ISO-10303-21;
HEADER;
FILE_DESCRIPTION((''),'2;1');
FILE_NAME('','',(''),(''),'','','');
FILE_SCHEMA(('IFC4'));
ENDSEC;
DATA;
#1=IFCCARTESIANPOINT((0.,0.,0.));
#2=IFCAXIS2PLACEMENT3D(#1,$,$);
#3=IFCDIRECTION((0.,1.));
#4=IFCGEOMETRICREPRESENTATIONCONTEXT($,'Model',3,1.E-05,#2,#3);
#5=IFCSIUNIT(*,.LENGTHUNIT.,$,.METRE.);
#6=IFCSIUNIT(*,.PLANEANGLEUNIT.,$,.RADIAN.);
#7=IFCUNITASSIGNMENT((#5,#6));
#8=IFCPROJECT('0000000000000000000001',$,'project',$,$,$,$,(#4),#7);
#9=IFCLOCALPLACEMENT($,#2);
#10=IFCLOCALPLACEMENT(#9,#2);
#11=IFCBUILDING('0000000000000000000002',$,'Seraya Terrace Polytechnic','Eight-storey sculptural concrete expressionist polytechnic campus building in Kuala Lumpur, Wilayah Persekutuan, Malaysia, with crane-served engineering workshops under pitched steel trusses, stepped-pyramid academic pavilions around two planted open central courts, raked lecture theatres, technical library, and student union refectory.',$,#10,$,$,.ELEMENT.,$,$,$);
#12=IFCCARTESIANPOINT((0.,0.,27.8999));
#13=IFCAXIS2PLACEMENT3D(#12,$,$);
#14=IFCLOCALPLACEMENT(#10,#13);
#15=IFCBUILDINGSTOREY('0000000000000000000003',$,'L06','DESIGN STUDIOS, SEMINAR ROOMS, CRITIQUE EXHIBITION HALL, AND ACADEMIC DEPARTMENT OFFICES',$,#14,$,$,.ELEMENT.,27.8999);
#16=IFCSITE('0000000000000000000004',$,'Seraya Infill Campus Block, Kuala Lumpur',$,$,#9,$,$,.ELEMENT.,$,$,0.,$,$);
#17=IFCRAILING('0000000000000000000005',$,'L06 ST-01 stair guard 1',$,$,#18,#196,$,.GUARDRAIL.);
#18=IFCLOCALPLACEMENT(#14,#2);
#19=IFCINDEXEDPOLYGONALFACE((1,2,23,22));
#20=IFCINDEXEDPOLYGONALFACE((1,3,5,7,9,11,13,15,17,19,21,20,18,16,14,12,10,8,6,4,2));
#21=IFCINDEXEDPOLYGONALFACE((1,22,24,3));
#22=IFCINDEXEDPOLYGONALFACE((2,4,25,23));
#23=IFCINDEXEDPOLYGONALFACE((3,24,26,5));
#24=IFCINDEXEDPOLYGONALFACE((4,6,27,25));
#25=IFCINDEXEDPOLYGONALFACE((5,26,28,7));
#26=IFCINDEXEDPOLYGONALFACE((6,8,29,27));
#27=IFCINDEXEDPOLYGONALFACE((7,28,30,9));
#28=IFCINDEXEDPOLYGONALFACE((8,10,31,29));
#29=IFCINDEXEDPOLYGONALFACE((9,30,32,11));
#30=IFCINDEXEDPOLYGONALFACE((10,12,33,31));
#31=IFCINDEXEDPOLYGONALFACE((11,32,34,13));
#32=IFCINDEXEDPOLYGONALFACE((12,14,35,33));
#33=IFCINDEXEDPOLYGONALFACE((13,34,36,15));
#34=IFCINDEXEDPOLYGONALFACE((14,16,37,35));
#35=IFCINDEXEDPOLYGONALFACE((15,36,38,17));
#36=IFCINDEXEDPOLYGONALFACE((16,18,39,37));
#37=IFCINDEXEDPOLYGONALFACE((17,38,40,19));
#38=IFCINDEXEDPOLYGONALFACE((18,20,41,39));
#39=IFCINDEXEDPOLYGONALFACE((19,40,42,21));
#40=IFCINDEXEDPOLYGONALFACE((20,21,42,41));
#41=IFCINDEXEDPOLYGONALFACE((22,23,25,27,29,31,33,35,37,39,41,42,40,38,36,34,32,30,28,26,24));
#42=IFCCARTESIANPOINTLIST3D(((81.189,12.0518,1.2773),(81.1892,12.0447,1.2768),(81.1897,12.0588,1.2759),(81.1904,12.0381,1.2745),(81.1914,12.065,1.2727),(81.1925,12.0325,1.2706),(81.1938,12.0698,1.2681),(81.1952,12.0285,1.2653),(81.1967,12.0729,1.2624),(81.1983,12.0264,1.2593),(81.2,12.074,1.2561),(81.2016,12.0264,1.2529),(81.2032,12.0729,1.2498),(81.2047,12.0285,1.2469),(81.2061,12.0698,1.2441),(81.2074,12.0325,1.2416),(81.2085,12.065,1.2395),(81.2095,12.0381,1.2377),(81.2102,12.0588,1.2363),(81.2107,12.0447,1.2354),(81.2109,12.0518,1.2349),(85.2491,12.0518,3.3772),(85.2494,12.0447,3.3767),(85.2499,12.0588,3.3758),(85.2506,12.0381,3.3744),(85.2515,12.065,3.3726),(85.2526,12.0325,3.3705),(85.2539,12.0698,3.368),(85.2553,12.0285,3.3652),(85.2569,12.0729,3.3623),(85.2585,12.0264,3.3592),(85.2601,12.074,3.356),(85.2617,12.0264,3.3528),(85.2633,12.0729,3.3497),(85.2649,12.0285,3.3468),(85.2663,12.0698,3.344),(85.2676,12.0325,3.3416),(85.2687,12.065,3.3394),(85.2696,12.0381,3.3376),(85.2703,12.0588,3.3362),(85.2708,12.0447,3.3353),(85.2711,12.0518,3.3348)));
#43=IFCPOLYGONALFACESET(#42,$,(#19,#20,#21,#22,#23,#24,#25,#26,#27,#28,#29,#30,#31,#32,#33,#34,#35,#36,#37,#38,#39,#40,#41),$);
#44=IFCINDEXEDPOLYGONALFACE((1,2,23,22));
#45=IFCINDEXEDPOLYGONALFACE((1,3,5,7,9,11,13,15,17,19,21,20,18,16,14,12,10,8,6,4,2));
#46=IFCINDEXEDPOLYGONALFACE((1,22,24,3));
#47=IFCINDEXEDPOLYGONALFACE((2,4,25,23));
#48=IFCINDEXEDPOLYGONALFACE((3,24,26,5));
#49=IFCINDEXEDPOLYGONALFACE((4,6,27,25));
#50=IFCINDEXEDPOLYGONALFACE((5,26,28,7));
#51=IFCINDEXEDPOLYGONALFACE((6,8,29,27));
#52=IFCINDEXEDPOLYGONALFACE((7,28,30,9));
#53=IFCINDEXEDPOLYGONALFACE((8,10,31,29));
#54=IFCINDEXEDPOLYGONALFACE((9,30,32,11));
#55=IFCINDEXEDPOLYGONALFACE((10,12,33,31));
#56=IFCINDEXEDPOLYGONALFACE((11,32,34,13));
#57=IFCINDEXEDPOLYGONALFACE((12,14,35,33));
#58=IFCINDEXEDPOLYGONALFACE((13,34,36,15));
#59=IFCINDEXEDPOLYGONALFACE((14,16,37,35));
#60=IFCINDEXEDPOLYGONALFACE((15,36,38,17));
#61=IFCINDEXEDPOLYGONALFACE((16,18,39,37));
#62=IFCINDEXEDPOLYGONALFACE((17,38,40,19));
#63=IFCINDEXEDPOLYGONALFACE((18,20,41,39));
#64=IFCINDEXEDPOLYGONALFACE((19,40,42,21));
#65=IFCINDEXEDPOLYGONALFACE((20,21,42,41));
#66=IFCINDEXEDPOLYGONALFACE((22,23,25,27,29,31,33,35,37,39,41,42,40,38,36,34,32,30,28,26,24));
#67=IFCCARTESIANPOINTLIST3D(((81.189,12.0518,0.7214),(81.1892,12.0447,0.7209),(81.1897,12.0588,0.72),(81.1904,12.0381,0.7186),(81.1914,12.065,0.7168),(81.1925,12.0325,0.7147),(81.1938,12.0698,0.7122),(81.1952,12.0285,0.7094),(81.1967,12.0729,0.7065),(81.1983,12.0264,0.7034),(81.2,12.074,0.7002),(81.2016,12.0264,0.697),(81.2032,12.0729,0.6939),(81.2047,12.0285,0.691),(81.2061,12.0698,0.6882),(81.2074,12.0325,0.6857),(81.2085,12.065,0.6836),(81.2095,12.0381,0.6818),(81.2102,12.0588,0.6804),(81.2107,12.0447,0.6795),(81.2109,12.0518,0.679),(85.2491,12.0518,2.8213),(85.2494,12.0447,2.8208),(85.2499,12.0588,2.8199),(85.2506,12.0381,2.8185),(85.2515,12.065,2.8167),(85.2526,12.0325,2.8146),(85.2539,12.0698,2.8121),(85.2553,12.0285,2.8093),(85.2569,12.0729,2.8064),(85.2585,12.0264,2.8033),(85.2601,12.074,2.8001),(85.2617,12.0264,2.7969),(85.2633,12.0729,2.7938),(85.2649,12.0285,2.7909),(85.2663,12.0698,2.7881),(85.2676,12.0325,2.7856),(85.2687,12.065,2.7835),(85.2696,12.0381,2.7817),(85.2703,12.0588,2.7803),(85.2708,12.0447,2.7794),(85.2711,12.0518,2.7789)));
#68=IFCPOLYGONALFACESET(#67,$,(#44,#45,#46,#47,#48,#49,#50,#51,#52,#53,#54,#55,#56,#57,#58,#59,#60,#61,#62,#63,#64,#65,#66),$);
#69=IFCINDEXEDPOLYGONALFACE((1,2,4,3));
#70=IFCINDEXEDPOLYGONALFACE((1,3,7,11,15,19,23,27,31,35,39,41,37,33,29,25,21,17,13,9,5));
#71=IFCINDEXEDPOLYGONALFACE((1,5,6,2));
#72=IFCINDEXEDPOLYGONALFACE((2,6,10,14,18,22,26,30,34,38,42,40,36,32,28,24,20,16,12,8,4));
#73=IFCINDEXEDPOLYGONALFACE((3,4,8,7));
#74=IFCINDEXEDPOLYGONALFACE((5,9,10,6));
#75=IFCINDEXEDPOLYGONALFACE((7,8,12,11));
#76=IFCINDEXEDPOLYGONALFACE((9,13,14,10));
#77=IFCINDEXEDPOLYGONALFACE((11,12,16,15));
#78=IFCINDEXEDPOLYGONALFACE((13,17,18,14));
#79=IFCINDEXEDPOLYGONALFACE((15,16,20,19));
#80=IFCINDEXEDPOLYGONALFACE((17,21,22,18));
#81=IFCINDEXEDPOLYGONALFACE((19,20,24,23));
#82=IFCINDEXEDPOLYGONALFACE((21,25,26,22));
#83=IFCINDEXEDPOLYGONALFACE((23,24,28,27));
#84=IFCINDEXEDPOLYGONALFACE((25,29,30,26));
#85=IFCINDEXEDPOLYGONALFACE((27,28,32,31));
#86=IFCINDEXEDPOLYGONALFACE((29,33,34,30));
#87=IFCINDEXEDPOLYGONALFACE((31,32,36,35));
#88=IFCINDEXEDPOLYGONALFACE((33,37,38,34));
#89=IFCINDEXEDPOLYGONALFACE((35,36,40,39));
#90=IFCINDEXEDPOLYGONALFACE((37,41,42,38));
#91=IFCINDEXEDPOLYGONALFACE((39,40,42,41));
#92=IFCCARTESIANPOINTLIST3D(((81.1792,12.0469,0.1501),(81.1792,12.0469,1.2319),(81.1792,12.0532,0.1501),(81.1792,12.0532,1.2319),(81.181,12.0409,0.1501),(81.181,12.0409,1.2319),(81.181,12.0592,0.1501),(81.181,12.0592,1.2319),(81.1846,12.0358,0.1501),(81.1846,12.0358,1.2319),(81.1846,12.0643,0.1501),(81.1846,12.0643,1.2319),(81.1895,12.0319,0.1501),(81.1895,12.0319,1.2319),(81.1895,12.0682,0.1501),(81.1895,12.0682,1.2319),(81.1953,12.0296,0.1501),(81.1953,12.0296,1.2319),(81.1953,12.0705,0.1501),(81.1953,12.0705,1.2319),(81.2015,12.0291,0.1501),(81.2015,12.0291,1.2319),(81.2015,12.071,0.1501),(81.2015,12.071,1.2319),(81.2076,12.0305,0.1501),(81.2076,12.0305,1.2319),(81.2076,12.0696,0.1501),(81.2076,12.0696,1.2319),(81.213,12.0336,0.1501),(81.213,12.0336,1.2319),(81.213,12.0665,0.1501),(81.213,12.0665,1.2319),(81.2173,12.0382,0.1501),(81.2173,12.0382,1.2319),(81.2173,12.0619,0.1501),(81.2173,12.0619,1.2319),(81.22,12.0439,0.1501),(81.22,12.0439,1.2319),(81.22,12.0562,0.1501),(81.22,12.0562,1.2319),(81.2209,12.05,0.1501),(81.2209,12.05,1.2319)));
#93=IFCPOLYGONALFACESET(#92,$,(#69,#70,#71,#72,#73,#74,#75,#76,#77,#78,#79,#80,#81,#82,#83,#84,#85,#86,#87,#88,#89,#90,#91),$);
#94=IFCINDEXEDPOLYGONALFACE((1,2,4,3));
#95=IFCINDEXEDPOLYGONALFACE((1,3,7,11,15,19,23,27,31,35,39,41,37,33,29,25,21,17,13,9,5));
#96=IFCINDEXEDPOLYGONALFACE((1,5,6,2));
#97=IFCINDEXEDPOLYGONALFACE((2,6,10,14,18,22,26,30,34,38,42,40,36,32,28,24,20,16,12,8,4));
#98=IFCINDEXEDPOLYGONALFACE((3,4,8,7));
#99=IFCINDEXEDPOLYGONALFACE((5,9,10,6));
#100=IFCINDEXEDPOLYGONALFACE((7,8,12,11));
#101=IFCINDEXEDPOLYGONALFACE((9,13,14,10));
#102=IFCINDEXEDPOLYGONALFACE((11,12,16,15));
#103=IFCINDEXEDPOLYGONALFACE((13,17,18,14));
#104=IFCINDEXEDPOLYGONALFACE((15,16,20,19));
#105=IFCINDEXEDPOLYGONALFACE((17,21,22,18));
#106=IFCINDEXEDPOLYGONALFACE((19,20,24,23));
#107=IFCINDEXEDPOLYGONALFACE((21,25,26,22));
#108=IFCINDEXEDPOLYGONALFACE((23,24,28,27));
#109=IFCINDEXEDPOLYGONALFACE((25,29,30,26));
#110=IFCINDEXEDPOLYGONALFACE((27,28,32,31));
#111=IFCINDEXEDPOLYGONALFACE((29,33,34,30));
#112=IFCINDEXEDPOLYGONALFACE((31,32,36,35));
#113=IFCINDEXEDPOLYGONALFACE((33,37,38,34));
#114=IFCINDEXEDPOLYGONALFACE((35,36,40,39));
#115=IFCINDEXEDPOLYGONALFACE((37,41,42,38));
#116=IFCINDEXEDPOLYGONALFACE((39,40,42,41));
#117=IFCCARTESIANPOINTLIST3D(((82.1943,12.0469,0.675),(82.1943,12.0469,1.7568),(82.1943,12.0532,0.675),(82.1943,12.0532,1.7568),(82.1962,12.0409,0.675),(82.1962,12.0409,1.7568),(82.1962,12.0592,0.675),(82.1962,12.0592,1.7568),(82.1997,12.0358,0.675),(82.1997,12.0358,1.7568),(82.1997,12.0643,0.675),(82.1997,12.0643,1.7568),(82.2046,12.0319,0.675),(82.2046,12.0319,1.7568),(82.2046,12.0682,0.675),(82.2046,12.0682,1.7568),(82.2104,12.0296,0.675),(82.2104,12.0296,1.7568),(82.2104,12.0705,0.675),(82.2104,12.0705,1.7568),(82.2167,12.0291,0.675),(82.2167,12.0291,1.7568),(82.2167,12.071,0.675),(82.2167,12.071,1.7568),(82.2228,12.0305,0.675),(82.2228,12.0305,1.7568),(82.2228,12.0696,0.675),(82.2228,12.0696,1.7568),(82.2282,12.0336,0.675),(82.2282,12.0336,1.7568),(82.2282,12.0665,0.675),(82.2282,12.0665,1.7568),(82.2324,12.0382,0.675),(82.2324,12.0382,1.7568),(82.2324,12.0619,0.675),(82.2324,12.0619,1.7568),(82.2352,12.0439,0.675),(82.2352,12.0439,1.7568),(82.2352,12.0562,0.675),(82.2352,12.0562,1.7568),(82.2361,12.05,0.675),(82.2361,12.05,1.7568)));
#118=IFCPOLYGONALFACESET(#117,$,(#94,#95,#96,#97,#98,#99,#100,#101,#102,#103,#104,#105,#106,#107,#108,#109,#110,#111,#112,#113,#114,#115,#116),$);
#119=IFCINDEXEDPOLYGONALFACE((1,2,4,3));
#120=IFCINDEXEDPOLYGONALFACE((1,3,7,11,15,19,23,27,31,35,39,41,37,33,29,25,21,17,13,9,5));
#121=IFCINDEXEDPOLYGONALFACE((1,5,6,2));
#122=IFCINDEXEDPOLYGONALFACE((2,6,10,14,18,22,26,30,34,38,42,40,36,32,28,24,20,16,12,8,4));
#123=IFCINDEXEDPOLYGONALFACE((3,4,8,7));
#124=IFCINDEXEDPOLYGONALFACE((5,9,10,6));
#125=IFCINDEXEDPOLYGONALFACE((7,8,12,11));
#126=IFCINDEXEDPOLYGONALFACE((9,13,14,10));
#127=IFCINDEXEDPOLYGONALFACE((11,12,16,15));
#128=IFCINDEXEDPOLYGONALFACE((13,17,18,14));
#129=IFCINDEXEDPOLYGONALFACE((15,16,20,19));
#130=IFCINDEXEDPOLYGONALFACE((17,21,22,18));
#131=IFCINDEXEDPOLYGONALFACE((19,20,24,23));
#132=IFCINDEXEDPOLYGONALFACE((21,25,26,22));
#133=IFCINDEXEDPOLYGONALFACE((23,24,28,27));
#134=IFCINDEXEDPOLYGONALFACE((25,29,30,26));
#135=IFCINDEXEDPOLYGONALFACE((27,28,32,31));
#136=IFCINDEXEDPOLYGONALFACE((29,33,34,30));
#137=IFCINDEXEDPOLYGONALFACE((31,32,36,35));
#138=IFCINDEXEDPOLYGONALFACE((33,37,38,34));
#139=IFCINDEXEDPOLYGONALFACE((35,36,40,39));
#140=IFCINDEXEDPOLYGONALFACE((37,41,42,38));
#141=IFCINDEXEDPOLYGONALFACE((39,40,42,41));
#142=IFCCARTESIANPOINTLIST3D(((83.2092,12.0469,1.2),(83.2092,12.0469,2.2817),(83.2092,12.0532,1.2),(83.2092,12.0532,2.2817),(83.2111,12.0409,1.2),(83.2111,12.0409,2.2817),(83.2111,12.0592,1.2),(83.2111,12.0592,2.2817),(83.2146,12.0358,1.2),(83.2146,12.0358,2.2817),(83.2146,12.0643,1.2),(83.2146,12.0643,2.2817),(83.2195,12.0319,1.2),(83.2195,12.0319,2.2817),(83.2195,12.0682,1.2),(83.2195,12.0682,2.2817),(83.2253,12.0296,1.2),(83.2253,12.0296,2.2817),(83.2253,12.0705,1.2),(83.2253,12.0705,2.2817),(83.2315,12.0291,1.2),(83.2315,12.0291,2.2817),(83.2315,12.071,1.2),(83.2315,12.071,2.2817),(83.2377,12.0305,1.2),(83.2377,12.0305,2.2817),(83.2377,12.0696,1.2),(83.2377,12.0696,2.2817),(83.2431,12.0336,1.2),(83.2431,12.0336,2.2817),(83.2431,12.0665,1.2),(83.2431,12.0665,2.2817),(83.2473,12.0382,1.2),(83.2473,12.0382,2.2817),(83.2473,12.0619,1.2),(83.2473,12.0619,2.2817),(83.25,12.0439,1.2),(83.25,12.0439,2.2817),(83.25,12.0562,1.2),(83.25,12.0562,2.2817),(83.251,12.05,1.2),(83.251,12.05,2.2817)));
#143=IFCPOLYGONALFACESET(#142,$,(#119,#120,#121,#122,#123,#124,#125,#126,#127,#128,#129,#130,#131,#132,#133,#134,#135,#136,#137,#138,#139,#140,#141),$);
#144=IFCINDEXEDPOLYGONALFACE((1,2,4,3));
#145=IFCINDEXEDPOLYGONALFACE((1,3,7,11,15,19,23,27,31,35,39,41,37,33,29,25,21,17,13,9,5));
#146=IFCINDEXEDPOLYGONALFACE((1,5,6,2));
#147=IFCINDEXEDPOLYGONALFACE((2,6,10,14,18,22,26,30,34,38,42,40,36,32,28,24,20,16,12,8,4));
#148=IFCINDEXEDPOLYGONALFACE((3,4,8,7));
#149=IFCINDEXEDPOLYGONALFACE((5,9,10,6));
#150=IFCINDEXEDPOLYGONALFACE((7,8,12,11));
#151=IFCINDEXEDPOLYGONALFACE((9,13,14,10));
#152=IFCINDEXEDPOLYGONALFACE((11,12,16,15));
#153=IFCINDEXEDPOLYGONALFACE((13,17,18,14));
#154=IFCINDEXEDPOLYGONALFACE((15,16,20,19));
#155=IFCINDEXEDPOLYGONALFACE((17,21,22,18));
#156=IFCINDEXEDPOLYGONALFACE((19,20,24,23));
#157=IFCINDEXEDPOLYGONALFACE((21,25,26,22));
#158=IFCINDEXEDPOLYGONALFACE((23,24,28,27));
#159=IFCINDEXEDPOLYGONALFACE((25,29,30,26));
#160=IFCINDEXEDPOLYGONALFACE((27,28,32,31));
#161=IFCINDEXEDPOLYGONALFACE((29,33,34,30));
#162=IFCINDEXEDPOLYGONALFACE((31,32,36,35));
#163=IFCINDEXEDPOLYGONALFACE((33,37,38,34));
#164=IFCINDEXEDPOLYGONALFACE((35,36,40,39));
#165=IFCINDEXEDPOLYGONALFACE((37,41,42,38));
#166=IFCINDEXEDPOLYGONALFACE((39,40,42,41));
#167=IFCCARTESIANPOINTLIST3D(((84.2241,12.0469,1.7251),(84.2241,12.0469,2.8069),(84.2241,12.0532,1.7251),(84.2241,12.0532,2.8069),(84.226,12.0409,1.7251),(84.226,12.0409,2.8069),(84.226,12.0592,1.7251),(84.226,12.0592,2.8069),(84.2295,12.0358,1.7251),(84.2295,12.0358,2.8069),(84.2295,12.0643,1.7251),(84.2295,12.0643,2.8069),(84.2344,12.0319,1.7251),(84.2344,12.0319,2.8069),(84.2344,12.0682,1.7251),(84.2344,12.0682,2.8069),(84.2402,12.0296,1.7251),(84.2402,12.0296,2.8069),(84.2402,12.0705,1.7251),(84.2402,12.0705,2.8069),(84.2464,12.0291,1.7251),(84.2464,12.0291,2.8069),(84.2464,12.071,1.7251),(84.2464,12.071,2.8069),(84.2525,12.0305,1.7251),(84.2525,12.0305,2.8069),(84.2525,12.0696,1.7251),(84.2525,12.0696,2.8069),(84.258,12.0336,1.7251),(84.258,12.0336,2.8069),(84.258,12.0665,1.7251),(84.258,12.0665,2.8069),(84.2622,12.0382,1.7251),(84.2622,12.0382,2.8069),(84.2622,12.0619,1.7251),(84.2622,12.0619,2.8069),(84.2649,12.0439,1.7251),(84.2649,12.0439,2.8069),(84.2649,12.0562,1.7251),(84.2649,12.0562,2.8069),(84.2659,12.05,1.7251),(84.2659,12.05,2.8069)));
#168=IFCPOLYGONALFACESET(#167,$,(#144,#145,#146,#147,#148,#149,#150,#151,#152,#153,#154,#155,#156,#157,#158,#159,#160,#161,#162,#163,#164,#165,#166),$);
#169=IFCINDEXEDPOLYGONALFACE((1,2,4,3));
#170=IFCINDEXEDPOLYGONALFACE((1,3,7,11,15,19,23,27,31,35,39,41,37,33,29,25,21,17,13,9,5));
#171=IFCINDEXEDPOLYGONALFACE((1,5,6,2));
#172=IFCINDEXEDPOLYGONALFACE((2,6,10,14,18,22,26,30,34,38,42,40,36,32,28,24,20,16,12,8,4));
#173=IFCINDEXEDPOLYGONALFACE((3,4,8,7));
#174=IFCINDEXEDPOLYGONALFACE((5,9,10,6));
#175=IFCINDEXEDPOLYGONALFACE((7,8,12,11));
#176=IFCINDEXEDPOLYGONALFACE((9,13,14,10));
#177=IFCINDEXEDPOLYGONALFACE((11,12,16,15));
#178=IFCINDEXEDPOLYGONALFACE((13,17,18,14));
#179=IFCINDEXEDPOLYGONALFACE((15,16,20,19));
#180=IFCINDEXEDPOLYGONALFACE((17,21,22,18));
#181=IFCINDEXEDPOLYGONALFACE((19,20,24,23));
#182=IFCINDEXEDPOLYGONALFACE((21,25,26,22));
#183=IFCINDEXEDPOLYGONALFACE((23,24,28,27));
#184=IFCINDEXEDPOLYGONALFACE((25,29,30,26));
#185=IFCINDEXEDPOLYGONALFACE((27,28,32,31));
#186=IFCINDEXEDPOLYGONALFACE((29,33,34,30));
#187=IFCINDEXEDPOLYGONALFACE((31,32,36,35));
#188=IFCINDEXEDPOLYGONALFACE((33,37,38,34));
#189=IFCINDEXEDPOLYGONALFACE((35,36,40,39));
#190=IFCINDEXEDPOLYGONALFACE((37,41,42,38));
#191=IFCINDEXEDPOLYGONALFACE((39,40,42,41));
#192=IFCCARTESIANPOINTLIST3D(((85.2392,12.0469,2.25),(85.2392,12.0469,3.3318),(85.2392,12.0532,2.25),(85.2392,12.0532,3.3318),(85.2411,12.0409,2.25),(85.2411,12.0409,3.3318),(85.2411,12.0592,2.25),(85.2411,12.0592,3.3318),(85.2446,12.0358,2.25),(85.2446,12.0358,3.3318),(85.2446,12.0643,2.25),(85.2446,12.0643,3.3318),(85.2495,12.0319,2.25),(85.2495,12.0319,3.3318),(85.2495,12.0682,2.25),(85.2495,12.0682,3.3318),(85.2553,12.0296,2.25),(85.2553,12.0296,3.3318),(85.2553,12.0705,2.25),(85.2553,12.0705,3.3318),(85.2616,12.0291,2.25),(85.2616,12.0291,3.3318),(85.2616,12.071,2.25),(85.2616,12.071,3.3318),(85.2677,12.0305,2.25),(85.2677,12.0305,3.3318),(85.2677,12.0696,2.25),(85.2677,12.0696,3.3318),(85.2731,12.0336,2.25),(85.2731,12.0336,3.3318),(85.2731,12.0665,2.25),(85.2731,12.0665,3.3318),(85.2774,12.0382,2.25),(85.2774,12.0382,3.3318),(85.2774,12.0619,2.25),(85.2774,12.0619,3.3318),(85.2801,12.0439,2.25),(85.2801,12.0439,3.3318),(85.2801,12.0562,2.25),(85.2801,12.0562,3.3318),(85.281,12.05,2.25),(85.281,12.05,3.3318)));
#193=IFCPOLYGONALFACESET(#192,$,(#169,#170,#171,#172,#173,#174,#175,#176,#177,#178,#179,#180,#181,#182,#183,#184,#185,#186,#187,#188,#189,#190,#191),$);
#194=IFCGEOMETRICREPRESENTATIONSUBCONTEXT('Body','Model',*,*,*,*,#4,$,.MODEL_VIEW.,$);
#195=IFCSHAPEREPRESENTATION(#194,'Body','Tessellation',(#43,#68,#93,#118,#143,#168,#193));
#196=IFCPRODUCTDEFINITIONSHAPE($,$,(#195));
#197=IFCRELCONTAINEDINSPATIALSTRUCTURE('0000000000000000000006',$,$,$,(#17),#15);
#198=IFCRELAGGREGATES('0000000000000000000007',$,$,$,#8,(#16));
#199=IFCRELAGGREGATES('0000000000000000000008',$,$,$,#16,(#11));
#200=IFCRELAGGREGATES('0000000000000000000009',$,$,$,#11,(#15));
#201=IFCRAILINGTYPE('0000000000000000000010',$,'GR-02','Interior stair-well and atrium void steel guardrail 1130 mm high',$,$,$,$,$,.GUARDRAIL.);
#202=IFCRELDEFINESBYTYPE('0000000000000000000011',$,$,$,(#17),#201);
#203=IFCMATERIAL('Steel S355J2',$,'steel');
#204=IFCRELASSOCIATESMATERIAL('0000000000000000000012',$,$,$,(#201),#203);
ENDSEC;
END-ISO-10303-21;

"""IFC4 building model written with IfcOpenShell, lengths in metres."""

from ifc_helpers import new_model, si_unit, direction, frame, origin, origin_2d, place, context, subcontext, project, spatial, circle, extrude, material, type_object, element, save


model = new_model("IFC4")

# Units and contexts
model_context = context("Model", 3, precision=1e-05, world=origin(), true_north=direction((0.0, 1.0)))
body_context = subcontext(model_context, "Body", "Model", "MODEL_VIEW")
ifc_project = project(units=[si_unit("LENGTHUNIT", "METRE"), si_unit("PLANEANGLEUNIT", "RADIAN")], contexts=[model_context])

# Site, building, storey
site_placement = place(None, origin())
site = spatial("IfcSite", under=ifc_project, at=site_placement, Name="Seraya Infill Campus Block, Kuala Lumpur", CompositionType="ELEMENT", RefElevation=0.0)
building_placement = place(site_placement, origin())
building = spatial("IfcBuilding", under=site, at=building_placement, Name="Seraya Terrace Polytechnic", Description="Eight-storey sculptural concrete expressionist polytechnic campus building in Kuala Lumpur, Wilayah Persekutuan, Malaysia, with crane-served engineering workshops under pitched steel trusses, stepped-pyramid academic pavilions around two planted open central courts, raked lecture theatres, technical library, and student union refectory.", CompositionType="ELEMENT")
storey_placement = place(building_placement, frame((0.0, 0.0, 27.8999)))
storey = spatial("IfcBuildingStorey", under=building, at=storey_placement, Name="L06", Description="DESIGN STUDIOS, SEMINAR ROOMS, CRITIQUE EXHIBITION HALL, AND ACADEMIC DEPARTMENT OFFICES", CompositionType="ELEMENT", Elevation=27.8999)

# Shared definitions
ifc_material_1 = material(Name="Steel S355J2", Category="steel")

# Railing
railing_type_1 = type_object("IfcRailingType", Name="GR-02", Description="Interior stair-well and atrium void steel guardrail 1130 mm high", PredefinedType="GUARDRAIL", material=ifc_material_1)
railing_1_placement = place(storey_placement, frame((81.2, 12.05, 0.1501)))
element("IfcRailing", 1, at=railing_1_placement, inside=storey, type_object=railing_type_1, Name="L06 ST-01 stair guard 1", PredefinedType="GUARDRAIL", context=body_context, shape_type="SweptSolid", body=[
    extrude(circle(Radius=0.0239, at=origin_2d()), frame((0.0, 0.0, 1.106), z_axis=(0.888233, 0.0, 0.459392), x_axis=(0.0, 1.0, 0.0)), (0.0, 0.0, 1.0), 4.571),
    extrude(circle(Radius=0.0239, at=origin_2d()), frame((0.0, 0.0, 0.55), z_axis=(0.888233, 0.0, 0.459392), x_axis=(0.0, 1.0, 0.0)), (0.0, 0.0, 1.0), 4.571),
    extrude(circle(Radius=0.021, at=origin_2d()), origin(), (0.0, 0.0, 1.0), 1.0818),
    extrude(circle(Radius=0.021, at=origin_2d()), frame((1.0151, 0.0, 0.5249)), (0.0, 0.0, 1.0), 1.0818),
    extrude(circle(Radius=0.021, at=origin_2d()), frame((2.03, 0.0, 1.0498)), (0.0, 0.0, 1.0), 1.0818),
    extrude(circle(Radius=0.021, at=origin_2d()), frame((3.0449, 0.0, 1.575)), (0.0, 0.0, 1.0), 1.0818),
    extrude(circle(Radius=0.021, at=origin_2d()), frame((4.0601, 0.0, 2.0999)), (0.0, 0.0, 1.0), 1.0818),
])

save(model, "model.ifc")
